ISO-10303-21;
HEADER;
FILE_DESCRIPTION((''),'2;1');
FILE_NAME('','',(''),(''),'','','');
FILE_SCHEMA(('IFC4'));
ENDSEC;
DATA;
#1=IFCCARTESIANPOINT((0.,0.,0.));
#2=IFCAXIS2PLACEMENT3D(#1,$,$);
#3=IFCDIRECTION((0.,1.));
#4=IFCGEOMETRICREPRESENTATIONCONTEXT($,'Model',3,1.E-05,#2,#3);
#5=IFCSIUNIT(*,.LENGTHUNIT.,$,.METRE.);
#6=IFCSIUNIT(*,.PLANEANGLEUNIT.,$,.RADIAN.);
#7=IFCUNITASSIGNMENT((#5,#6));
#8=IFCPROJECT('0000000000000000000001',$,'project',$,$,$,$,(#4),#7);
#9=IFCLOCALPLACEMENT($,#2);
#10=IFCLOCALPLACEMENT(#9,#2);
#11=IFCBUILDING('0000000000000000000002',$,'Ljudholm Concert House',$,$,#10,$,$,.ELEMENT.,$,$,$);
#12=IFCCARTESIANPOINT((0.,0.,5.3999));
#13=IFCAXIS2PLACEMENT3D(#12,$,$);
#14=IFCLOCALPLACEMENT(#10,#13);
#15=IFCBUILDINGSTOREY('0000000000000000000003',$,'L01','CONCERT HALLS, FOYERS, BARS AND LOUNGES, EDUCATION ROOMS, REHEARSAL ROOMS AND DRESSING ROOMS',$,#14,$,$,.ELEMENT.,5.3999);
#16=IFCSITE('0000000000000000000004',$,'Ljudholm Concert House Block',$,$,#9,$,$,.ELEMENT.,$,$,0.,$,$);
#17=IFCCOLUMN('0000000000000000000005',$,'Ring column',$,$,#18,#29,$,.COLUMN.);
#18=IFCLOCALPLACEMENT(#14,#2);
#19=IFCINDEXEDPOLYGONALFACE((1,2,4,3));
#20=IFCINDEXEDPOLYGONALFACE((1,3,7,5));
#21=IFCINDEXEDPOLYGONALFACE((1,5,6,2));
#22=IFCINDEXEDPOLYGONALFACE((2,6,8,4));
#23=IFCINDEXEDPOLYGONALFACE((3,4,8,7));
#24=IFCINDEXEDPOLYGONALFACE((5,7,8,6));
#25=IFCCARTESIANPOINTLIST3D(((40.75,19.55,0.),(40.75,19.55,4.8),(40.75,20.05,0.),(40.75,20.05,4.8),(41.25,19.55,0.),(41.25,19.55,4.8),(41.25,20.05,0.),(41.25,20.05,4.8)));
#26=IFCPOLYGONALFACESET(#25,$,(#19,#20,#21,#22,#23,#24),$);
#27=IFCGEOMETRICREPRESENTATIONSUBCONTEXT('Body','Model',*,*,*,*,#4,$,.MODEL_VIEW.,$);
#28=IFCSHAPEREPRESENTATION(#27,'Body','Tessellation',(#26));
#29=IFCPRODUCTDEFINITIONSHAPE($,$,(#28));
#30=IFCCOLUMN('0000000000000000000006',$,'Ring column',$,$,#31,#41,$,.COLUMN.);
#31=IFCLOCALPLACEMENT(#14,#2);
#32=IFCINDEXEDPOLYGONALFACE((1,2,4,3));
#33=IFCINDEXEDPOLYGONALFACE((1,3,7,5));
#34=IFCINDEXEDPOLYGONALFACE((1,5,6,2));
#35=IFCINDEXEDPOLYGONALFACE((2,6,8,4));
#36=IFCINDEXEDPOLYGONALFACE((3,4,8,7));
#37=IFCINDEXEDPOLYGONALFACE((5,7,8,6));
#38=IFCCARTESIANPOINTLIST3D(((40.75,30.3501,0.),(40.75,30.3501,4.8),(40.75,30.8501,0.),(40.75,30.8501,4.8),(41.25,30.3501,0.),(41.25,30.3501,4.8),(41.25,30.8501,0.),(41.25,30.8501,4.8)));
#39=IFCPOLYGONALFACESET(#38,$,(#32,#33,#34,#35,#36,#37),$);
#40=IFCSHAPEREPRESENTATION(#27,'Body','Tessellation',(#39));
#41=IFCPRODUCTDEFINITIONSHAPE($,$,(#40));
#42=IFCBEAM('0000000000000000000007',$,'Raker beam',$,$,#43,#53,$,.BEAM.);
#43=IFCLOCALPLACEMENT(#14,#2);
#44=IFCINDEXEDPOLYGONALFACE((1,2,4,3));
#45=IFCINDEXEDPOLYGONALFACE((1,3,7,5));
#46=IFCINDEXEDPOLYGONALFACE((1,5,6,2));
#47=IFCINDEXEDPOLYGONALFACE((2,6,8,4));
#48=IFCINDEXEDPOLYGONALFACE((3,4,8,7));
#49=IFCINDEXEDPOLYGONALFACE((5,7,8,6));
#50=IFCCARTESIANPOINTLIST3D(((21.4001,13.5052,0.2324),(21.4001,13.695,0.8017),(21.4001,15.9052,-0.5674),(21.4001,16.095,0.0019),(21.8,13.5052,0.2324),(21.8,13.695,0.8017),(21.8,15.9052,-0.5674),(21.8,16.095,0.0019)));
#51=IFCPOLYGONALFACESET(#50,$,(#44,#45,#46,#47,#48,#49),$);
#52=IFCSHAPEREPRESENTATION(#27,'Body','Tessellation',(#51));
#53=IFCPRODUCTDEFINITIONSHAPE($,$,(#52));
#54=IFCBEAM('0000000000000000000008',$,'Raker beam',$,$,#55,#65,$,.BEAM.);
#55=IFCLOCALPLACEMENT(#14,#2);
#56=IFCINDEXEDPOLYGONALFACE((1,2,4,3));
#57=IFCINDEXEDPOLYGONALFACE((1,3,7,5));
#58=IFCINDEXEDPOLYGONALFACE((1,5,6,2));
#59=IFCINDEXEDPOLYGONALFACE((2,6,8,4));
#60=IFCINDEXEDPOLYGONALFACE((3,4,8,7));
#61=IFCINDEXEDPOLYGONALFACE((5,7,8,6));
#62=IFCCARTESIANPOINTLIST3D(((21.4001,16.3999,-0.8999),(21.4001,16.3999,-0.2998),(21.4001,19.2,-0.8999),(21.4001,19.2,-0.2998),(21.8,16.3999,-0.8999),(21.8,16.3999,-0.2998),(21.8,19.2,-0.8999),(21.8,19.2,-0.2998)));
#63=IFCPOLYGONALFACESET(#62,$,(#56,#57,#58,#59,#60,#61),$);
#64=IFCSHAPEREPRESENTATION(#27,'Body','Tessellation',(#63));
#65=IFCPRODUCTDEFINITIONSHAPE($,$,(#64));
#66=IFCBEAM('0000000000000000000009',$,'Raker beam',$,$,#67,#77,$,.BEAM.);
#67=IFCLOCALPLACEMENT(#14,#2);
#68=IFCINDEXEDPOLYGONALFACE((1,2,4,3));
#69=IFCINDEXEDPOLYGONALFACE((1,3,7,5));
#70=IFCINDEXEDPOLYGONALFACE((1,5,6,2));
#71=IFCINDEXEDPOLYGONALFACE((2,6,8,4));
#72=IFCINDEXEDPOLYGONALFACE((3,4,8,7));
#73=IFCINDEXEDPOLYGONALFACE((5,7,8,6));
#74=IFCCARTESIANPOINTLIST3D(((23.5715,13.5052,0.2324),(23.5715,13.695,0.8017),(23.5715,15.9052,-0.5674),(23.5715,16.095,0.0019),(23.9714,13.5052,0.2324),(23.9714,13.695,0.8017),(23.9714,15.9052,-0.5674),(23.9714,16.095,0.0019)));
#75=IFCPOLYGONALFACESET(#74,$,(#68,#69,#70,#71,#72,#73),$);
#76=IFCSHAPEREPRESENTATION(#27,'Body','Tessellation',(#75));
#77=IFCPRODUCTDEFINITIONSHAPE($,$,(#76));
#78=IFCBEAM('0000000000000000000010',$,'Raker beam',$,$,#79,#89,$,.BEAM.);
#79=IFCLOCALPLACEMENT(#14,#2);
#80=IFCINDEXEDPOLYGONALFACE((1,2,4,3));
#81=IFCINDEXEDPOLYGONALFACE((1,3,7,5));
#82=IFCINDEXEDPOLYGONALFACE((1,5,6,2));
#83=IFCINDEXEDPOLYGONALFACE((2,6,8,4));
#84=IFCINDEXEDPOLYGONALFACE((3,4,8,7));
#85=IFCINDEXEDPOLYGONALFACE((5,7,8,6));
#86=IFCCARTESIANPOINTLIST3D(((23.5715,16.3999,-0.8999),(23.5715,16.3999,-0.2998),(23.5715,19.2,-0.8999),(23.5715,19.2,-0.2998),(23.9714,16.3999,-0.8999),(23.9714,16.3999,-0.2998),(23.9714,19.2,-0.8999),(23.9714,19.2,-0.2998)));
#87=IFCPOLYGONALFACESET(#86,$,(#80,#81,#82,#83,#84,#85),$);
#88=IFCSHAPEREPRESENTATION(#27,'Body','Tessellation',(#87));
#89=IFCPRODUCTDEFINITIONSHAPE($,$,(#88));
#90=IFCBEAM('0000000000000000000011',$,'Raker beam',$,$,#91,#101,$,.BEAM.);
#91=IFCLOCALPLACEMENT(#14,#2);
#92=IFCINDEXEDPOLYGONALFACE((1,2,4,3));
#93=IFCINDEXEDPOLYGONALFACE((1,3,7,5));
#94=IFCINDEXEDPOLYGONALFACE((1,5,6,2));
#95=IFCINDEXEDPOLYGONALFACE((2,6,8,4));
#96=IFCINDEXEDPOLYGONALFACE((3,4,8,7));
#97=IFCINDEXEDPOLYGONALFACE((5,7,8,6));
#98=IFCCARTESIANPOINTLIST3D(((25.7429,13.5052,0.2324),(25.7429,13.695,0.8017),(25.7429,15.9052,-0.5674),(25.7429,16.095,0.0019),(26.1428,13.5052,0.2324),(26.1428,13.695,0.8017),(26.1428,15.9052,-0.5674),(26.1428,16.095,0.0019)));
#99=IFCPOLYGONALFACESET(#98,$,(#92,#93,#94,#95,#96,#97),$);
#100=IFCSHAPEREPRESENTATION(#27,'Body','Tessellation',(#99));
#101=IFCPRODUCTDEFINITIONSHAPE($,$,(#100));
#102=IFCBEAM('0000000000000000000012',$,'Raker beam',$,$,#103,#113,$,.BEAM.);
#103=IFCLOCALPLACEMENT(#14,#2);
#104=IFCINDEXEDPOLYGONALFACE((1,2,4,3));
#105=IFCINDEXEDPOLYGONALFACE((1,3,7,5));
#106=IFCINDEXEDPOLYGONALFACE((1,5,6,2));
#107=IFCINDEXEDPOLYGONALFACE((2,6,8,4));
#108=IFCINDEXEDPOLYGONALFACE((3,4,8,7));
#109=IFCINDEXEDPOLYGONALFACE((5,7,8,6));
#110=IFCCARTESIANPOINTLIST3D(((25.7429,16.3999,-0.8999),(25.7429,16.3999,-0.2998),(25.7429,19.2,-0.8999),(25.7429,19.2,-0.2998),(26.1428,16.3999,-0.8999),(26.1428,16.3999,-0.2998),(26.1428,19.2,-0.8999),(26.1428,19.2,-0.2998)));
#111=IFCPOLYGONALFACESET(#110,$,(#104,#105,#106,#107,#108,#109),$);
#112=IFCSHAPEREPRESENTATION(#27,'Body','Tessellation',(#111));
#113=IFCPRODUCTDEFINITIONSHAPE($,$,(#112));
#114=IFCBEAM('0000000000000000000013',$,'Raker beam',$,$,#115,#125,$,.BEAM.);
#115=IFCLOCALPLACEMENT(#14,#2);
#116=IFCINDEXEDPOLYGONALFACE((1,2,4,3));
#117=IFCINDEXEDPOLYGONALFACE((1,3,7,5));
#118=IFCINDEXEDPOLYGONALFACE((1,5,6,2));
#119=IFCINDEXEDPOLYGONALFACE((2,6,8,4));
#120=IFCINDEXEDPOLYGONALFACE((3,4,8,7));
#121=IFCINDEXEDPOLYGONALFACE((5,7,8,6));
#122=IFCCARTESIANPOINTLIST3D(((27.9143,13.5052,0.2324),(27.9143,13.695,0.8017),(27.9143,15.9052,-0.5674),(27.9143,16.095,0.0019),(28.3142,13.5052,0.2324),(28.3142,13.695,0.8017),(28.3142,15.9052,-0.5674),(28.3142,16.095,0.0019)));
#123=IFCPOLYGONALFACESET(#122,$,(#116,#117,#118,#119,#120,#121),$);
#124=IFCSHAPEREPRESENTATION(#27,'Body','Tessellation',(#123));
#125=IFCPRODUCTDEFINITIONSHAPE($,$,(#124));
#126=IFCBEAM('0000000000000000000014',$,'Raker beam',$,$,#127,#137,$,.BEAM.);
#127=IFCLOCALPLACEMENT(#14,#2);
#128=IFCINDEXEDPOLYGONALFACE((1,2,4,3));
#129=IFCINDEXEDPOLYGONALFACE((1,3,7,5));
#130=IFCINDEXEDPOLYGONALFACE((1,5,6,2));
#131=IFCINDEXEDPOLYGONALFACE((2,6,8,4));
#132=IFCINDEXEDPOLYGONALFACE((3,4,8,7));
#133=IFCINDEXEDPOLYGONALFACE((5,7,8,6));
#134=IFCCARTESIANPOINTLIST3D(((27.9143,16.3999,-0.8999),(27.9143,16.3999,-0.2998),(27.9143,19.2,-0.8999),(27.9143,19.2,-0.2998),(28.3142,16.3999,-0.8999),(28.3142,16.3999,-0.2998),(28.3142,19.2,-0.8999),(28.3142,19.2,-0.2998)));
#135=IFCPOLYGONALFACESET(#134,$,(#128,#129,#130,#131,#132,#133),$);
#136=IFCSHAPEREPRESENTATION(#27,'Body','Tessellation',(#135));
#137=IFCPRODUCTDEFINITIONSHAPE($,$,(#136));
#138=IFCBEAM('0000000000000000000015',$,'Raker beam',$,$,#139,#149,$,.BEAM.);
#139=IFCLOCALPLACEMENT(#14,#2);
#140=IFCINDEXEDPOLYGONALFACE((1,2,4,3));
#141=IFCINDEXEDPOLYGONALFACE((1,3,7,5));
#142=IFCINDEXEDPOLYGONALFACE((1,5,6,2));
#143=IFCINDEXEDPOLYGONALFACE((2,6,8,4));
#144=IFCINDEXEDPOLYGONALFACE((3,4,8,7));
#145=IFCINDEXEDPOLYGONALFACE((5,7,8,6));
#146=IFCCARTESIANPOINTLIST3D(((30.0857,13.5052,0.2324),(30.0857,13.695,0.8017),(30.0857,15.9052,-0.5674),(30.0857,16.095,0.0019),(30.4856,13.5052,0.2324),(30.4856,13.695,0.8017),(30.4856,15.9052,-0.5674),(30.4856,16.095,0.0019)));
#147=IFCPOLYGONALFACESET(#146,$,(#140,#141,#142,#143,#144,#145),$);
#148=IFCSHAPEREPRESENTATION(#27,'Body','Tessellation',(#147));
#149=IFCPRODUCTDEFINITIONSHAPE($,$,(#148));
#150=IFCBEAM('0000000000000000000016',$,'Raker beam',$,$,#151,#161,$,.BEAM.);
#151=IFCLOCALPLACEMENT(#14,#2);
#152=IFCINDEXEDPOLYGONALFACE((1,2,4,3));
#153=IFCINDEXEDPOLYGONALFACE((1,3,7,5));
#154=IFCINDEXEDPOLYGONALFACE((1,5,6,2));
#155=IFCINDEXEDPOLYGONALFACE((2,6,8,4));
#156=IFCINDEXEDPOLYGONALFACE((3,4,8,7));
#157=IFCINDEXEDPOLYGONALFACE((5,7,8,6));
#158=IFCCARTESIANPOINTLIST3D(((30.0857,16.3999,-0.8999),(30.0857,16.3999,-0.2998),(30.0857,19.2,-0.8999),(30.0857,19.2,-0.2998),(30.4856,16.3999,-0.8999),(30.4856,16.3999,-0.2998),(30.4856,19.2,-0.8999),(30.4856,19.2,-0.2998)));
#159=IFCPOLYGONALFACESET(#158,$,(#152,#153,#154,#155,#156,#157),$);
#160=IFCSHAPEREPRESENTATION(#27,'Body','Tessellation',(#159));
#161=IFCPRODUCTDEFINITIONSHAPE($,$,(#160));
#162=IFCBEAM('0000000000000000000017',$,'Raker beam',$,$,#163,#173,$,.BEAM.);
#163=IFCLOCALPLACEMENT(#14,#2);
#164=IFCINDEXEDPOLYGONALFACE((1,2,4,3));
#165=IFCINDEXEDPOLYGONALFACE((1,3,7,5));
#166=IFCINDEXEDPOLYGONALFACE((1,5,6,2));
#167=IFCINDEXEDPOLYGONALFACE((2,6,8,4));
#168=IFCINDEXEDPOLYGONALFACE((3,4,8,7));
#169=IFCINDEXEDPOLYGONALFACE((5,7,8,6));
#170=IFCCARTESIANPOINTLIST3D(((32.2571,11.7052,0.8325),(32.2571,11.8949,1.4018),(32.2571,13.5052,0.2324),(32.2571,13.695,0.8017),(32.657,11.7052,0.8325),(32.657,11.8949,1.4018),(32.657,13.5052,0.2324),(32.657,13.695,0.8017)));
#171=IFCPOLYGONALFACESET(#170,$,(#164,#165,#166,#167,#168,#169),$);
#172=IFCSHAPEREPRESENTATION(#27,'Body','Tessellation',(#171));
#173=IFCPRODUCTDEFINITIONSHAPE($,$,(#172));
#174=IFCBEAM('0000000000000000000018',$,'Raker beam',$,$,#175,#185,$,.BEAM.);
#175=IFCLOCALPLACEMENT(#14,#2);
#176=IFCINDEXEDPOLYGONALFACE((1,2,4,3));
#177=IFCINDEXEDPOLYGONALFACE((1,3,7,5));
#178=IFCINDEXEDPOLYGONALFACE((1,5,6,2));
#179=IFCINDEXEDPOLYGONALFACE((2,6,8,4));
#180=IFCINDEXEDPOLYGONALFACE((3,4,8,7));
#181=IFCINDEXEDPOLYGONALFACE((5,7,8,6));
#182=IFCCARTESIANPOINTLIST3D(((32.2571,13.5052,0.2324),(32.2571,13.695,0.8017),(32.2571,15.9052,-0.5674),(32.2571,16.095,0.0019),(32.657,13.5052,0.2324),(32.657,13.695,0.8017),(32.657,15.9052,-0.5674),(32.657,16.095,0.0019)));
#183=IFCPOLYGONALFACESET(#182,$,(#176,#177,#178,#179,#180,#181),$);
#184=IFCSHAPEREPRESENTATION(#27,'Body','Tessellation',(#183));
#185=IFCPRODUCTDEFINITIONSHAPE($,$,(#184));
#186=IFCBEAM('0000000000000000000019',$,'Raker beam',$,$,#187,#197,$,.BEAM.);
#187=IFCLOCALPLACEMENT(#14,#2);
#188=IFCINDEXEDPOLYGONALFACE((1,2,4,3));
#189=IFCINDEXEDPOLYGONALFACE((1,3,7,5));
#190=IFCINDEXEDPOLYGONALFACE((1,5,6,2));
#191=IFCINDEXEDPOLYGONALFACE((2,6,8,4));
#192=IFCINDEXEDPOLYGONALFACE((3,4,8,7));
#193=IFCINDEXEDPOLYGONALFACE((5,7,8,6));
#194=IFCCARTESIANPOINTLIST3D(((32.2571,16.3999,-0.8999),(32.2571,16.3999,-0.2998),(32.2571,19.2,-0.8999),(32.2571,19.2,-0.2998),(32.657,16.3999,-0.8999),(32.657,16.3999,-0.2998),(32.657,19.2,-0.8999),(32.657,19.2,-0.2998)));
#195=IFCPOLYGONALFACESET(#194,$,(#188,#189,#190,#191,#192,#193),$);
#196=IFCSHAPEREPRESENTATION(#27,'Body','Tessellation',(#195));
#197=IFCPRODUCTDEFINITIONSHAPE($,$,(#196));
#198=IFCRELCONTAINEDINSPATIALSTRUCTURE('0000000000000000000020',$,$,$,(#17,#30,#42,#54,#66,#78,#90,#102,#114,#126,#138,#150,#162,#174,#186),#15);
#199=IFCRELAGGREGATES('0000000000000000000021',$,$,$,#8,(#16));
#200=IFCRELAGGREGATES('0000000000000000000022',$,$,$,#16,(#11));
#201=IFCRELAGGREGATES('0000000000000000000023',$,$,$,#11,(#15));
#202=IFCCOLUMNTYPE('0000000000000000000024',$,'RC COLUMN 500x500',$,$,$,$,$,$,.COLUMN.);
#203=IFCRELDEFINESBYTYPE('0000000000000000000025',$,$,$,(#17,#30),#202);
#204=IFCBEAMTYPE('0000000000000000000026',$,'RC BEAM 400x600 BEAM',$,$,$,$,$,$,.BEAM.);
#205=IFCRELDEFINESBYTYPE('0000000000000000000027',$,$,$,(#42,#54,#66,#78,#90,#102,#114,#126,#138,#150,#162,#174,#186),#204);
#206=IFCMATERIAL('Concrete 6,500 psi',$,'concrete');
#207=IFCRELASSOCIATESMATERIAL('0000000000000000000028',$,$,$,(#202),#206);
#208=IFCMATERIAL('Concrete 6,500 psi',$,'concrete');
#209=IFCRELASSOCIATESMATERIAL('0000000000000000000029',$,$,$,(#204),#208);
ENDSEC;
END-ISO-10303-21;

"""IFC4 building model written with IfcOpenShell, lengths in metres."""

from ifc_helpers import new_model, si_unit, direction, frame, origin, origin_2d, place, context, subcontext, project, spatial, rectangle, extrude, material, material_profile, profile_set, type_object, element, save


model = new_model("IFC4")

# Units and contexts
model_context = context("Model", 3, precision=1e-05, world=origin(), true_north=direction((0.0, 1.0)))
body_context = subcontext(model_context, "Body", "Model", "MODEL_VIEW")
ifc_project = project(units=[si_unit("LENGTHUNIT", "METRE"), si_unit("PLANEANGLEUNIT", "RADIAN")], contexts=[model_context])

# Site, building, storey
site_placement = place(None, origin())
site = spatial("IfcSite", under=ifc_project, at=site_placement, Name="Ljudholm Concert House Block", CompositionType="ELEMENT", RefElevation=0.0)
building_placement = place(site_placement, origin())
building = spatial("IfcBuilding", under=site, at=building_placement, Name="Ljudholm Concert House", CompositionType="ELEMENT")
storey_placement = place(building_placement, frame((0.0, 0.0, 5.3999)))
storey = spatial("IfcBuildingStorey", under=building, at=storey_placement, Name="L01", Description="CONCERT HALLS, FOYERS, BARS AND LOUNGES, EDUCATION ROOMS, REHEARSAL ROOMS AND DRESSING ROOMS", CompositionType="ELEMENT", Elevation=5.3999)

# Columns
ifc_material_1 = material(Name="Concrete 6,500 psi", Category="concrete")
ifc_material_profile_1 = material_profile(ifc_material_1, rectangle(XDim=0.5, YDim=0.5, at=origin_2d()), Name="RC COLUMN 500x500")
ifc_profile_set_1 = profile_set([ifc_material_profile_1], Name="Concrete 6,500 psi")
column_type = type_object("IfcColumnType", Name="RC COLUMN 500x500", PredefinedType="COLUMN", material=ifc_profile_set_1)
for number, where, z_axis, x_axis, name in (
    (1, (41.0, 19.8, 0.0), (0.0, 0.0, 1.0), (1.0, 0.0, 0.0), "Ring column"),
    (2, (41.0, 30.6001, 0.0), (0.0, 0.0, 1.0), (1.0, 0.0, 0.0), "Ring column"),
):
    element("IfcColumn", number, at=place(storey_placement, frame(where, z_axis=z_axis, x_axis=x_axis)), inside=storey, type_object=column_type, Name=name, PredefinedType="COLUMN", context=body_context, shape_type="SweptSolid", body=[
        extrude(rectangle(XDim=0.5, YDim=0.5, at=origin_2d()), origin(), (0.0, 0.0, 1.0), 4.8),
    ])

# Beams
ifc_material_2 = material(Name="Concrete 6,500 psi", Category="concrete")
ifc_material_profile_2 = material_profile(ifc_material_2, rectangle(XDim=0.3999, YDim=0.6001, at=origin_2d()), Name="RC BEAM 400x600 BEAM")
ifc_profile_set_2 = profile_set([ifc_material_profile_2], Name="Concrete 6,500 psi")
beam_type_1 = type_object("IfcBeamType", Name="RC BEAM 400x600 BEAM", PredefinedType="BEAM", material=ifc_profile_set_2)
beam_1_placement = place(storey_placement, frame((21.6001, 13.6001, 0.5171), z_axis=(0.0, 0.948703, -0.31617), x_axis=(-1.0, 0.0, 0.0)))
element("IfcBeam", 3, at=beam_1_placement, inside=storey, type_object=beam_type_1, Name="Raker beam", PredefinedType="BEAM", context=body_context, shape_type="SweptSolid", body=[
    extrude(rectangle(XDim=0.3999, YDim=0.6001, at=origin_2d()), origin(), (0.0, 0.0, 1.0), 2.5298),
])
beam_2_placement = place(storey_placement, frame((21.6001, 16.3999, -0.5999), z_axis=(0.0, 1.0, 0.0), x_axis=(-1.0, 0.0, 0.0)))
element("IfcBeam", 4, at=beam_2_placement, inside=storey, type_object=beam_type_1, Name="Raker beam", PredefinedType="BEAM", context=body_context, shape_type="SweptSolid", body=[
    extrude(rectangle(XDim=0.3999, YDim=0.6001, at=origin_2d()), origin(), (0.0, 0.0, 1.0), 2.8),
])
beam_3_placement = place(storey_placement, frame((23.7715, 13.6001, 0.5171), z_axis=(0.0, 0.948703, -0.31617), x_axis=(-1.0, 0.0, 0.0)))
element("IfcBeam", 5, at=beam_3_placement, inside=storey, type_object=beam_type_1, Name="Raker beam", PredefinedType="BEAM", context=body_context, shape_type="SweptSolid", body=[
    extrude(rectangle(XDim=0.3999, YDim=0.6001, at=origin_2d()), origin(), (0.0, 0.0, 1.0), 2.5298),
])
beam_4_placement = place(storey_placement, frame((23.7715, 16.3999, -0.5999), z_axis=(0.0, 1.0, 0.0), x_axis=(-1.0, 0.0, 0.0)))
element("IfcBeam", 6, at=beam_4_placement, inside=storey, type_object=beam_type_1, Name="Raker beam", PredefinedType="BEAM", context=body_context, shape_type="SweptSolid", body=[
    extrude(rectangle(XDim=0.3999, YDim=0.6001, at=origin_2d()), origin(), (0.0, 0.0, 1.0), 2.8),
])
beam_5_placement = place(storey_placement, frame((25.9429, 13.6001, 0.5171), z_axis=(0.0, 0.948703, -0.31617), x_axis=(-1.0, 0.0, 0.0)))
element("IfcBeam", 7, at=beam_5_placement, inside=storey, type_object=beam_type_1, Name="Raker beam", PredefinedType="BEAM", context=body_context, shape_type="SweptSolid", body=[
    extrude(rectangle(XDim=0.3999, YDim=0.6001, at=origin_2d()), origin(), (0.0, 0.0, 1.0), 2.5298),
])
beam_6_placement = place(storey_placement, frame((25.9429, 16.3999, -0.5999), z_axis=(0.0, 1.0, 0.0), x_axis=(-1.0, 0.0, 0.0)))
element("IfcBeam", 8, at=beam_6_placement, inside=storey, type_object=beam_type_1, Name="Raker beam", PredefinedType="BEAM", context=body_context, shape_type="SweptSolid", body=[
    extrude(rectangle(XDim=0.3999, YDim=0.6001, at=origin_2d()), origin(), (0.0, 0.0, 1.0), 2.8),
])
beam_7_placement = place(storey_placement, frame((28.1143, 13.6001, 0.5171), z_axis=(0.0, 0.948703, -0.31617), x_axis=(-1.0, 0.0, 0.0)))
element("IfcBeam", 9, at=beam_7_placement, inside=storey, type_object=beam_type_1, Name="Raker beam", PredefinedType="BEAM", context=body_context, shape_type="SweptSolid", body=[
    extrude(rectangle(XDim=0.3999, YDim=0.6001, at=origin_2d()), origin(), (0.0, 0.0, 1.0), 2.5298),
])
beam_8_placement = place(storey_placement, frame((28.1143, 16.3999, -0.5999), z_axis=(0.0, 1.0, 0.0), x_axis=(-1.0, 0.0, 0.0)))
element("IfcBeam", 10, at=beam_8_placement, inside=storey, type_object=beam_type_1, Name="Raker beam", PredefinedType="BEAM", context=body_context, shape_type="SweptSolid", body=[
    extrude(rectangle(XDim=0.3999, YDim=0.6001, at=origin_2d()), origin(), (0.0, 0.0, 1.0), 2.8),
])
beam_9_placement = place(storey_placement, frame((30.2856, 13.6001, 0.5171), z_axis=(0.0, 0.948703, -0.31617), x_axis=(-1.0, 0.0, 0.0)))
element("IfcBeam", 11, at=beam_9_placement, inside=storey, type_object=beam_type_1, Name="Raker beam", PredefinedType="BEAM", context=body_context, shape_type="SweptSolid", body=[
    extrude(rectangle(XDim=0.3999, YDim=0.6001, at=origin_2d()), origin(), (0.0, 0.0, 1.0), 2.5298),
])
beam_10_placement = place(storey_placement, frame((30.2856, 16.3999, -0.5999), z_axis=(0.0, 1.0, 0.0), x_axis=(-1.0, 0.0, 0.0)))
element("IfcBeam", 12, at=beam_10_placement, inside=storey, type_object=beam_type_1, Name="Raker beam", PredefinedType="BEAM", context=body_context, shape_type="SweptSolid", body=[
    extrude(rectangle(XDim=0.3999, YDim=0.6001, at=origin_2d()), origin(), (0.0, 0.0, 1.0), 2.8),
])
beam_11_placement = place(storey_placement, frame((32.457, 11.8, 1.1172), z_axis=(0.0, 0.94867, -0.316266), x_axis=(-1.0, 0.0, 0.0)))
element("IfcBeam", 13, at=beam_11_placement, inside=storey, type_object=beam_type_1, Name="Raker beam", PredefinedType="BEAM", context=body_context, shape_type="SweptSolid", body=[
    extrude(rectangle(XDim=0.3999, YDim=0.6001, at=origin_2d()), origin(), (0.0, 0.0, 1.0), 1.8975),
])
beam_12_placement = place(storey_placement, frame((32.457, 13.6001, 0.5171), z_axis=(0.0, 0.948703, -0.31617), x_axis=(-1.0, 0.0, 0.0)))
element("IfcBeam", 14, at=beam_12_placement, inside=storey, type_object=beam_type_1, Name="Raker beam", PredefinedType="BEAM", context=body_context, shape_type="SweptSolid", body=[
    extrude(rectangle(XDim=0.3999, YDim=0.6001, at=origin_2d()), origin(), (0.0, 0.0, 1.0), 2.5298),
])
beam_13_placement = place(storey_placement, frame((32.457, 16.3999, -0.5999), z_axis=(0.0, 1.0, 0.0), x_axis=(-1.0, 0.0, 0.0)))
element("IfcBeam", 15, at=beam_13_placement, inside=storey, type_object=beam_type_1, Name="Raker beam", PredefinedType="BEAM", context=body_context, shape_type="SweptSolid", body=[
    extrude(rectangle(XDim=0.3999, YDim=0.6001, at=origin_2d()), origin(), (0.0, 0.0, 1.0), 2.8),
])

save(model, "model.ifc")
